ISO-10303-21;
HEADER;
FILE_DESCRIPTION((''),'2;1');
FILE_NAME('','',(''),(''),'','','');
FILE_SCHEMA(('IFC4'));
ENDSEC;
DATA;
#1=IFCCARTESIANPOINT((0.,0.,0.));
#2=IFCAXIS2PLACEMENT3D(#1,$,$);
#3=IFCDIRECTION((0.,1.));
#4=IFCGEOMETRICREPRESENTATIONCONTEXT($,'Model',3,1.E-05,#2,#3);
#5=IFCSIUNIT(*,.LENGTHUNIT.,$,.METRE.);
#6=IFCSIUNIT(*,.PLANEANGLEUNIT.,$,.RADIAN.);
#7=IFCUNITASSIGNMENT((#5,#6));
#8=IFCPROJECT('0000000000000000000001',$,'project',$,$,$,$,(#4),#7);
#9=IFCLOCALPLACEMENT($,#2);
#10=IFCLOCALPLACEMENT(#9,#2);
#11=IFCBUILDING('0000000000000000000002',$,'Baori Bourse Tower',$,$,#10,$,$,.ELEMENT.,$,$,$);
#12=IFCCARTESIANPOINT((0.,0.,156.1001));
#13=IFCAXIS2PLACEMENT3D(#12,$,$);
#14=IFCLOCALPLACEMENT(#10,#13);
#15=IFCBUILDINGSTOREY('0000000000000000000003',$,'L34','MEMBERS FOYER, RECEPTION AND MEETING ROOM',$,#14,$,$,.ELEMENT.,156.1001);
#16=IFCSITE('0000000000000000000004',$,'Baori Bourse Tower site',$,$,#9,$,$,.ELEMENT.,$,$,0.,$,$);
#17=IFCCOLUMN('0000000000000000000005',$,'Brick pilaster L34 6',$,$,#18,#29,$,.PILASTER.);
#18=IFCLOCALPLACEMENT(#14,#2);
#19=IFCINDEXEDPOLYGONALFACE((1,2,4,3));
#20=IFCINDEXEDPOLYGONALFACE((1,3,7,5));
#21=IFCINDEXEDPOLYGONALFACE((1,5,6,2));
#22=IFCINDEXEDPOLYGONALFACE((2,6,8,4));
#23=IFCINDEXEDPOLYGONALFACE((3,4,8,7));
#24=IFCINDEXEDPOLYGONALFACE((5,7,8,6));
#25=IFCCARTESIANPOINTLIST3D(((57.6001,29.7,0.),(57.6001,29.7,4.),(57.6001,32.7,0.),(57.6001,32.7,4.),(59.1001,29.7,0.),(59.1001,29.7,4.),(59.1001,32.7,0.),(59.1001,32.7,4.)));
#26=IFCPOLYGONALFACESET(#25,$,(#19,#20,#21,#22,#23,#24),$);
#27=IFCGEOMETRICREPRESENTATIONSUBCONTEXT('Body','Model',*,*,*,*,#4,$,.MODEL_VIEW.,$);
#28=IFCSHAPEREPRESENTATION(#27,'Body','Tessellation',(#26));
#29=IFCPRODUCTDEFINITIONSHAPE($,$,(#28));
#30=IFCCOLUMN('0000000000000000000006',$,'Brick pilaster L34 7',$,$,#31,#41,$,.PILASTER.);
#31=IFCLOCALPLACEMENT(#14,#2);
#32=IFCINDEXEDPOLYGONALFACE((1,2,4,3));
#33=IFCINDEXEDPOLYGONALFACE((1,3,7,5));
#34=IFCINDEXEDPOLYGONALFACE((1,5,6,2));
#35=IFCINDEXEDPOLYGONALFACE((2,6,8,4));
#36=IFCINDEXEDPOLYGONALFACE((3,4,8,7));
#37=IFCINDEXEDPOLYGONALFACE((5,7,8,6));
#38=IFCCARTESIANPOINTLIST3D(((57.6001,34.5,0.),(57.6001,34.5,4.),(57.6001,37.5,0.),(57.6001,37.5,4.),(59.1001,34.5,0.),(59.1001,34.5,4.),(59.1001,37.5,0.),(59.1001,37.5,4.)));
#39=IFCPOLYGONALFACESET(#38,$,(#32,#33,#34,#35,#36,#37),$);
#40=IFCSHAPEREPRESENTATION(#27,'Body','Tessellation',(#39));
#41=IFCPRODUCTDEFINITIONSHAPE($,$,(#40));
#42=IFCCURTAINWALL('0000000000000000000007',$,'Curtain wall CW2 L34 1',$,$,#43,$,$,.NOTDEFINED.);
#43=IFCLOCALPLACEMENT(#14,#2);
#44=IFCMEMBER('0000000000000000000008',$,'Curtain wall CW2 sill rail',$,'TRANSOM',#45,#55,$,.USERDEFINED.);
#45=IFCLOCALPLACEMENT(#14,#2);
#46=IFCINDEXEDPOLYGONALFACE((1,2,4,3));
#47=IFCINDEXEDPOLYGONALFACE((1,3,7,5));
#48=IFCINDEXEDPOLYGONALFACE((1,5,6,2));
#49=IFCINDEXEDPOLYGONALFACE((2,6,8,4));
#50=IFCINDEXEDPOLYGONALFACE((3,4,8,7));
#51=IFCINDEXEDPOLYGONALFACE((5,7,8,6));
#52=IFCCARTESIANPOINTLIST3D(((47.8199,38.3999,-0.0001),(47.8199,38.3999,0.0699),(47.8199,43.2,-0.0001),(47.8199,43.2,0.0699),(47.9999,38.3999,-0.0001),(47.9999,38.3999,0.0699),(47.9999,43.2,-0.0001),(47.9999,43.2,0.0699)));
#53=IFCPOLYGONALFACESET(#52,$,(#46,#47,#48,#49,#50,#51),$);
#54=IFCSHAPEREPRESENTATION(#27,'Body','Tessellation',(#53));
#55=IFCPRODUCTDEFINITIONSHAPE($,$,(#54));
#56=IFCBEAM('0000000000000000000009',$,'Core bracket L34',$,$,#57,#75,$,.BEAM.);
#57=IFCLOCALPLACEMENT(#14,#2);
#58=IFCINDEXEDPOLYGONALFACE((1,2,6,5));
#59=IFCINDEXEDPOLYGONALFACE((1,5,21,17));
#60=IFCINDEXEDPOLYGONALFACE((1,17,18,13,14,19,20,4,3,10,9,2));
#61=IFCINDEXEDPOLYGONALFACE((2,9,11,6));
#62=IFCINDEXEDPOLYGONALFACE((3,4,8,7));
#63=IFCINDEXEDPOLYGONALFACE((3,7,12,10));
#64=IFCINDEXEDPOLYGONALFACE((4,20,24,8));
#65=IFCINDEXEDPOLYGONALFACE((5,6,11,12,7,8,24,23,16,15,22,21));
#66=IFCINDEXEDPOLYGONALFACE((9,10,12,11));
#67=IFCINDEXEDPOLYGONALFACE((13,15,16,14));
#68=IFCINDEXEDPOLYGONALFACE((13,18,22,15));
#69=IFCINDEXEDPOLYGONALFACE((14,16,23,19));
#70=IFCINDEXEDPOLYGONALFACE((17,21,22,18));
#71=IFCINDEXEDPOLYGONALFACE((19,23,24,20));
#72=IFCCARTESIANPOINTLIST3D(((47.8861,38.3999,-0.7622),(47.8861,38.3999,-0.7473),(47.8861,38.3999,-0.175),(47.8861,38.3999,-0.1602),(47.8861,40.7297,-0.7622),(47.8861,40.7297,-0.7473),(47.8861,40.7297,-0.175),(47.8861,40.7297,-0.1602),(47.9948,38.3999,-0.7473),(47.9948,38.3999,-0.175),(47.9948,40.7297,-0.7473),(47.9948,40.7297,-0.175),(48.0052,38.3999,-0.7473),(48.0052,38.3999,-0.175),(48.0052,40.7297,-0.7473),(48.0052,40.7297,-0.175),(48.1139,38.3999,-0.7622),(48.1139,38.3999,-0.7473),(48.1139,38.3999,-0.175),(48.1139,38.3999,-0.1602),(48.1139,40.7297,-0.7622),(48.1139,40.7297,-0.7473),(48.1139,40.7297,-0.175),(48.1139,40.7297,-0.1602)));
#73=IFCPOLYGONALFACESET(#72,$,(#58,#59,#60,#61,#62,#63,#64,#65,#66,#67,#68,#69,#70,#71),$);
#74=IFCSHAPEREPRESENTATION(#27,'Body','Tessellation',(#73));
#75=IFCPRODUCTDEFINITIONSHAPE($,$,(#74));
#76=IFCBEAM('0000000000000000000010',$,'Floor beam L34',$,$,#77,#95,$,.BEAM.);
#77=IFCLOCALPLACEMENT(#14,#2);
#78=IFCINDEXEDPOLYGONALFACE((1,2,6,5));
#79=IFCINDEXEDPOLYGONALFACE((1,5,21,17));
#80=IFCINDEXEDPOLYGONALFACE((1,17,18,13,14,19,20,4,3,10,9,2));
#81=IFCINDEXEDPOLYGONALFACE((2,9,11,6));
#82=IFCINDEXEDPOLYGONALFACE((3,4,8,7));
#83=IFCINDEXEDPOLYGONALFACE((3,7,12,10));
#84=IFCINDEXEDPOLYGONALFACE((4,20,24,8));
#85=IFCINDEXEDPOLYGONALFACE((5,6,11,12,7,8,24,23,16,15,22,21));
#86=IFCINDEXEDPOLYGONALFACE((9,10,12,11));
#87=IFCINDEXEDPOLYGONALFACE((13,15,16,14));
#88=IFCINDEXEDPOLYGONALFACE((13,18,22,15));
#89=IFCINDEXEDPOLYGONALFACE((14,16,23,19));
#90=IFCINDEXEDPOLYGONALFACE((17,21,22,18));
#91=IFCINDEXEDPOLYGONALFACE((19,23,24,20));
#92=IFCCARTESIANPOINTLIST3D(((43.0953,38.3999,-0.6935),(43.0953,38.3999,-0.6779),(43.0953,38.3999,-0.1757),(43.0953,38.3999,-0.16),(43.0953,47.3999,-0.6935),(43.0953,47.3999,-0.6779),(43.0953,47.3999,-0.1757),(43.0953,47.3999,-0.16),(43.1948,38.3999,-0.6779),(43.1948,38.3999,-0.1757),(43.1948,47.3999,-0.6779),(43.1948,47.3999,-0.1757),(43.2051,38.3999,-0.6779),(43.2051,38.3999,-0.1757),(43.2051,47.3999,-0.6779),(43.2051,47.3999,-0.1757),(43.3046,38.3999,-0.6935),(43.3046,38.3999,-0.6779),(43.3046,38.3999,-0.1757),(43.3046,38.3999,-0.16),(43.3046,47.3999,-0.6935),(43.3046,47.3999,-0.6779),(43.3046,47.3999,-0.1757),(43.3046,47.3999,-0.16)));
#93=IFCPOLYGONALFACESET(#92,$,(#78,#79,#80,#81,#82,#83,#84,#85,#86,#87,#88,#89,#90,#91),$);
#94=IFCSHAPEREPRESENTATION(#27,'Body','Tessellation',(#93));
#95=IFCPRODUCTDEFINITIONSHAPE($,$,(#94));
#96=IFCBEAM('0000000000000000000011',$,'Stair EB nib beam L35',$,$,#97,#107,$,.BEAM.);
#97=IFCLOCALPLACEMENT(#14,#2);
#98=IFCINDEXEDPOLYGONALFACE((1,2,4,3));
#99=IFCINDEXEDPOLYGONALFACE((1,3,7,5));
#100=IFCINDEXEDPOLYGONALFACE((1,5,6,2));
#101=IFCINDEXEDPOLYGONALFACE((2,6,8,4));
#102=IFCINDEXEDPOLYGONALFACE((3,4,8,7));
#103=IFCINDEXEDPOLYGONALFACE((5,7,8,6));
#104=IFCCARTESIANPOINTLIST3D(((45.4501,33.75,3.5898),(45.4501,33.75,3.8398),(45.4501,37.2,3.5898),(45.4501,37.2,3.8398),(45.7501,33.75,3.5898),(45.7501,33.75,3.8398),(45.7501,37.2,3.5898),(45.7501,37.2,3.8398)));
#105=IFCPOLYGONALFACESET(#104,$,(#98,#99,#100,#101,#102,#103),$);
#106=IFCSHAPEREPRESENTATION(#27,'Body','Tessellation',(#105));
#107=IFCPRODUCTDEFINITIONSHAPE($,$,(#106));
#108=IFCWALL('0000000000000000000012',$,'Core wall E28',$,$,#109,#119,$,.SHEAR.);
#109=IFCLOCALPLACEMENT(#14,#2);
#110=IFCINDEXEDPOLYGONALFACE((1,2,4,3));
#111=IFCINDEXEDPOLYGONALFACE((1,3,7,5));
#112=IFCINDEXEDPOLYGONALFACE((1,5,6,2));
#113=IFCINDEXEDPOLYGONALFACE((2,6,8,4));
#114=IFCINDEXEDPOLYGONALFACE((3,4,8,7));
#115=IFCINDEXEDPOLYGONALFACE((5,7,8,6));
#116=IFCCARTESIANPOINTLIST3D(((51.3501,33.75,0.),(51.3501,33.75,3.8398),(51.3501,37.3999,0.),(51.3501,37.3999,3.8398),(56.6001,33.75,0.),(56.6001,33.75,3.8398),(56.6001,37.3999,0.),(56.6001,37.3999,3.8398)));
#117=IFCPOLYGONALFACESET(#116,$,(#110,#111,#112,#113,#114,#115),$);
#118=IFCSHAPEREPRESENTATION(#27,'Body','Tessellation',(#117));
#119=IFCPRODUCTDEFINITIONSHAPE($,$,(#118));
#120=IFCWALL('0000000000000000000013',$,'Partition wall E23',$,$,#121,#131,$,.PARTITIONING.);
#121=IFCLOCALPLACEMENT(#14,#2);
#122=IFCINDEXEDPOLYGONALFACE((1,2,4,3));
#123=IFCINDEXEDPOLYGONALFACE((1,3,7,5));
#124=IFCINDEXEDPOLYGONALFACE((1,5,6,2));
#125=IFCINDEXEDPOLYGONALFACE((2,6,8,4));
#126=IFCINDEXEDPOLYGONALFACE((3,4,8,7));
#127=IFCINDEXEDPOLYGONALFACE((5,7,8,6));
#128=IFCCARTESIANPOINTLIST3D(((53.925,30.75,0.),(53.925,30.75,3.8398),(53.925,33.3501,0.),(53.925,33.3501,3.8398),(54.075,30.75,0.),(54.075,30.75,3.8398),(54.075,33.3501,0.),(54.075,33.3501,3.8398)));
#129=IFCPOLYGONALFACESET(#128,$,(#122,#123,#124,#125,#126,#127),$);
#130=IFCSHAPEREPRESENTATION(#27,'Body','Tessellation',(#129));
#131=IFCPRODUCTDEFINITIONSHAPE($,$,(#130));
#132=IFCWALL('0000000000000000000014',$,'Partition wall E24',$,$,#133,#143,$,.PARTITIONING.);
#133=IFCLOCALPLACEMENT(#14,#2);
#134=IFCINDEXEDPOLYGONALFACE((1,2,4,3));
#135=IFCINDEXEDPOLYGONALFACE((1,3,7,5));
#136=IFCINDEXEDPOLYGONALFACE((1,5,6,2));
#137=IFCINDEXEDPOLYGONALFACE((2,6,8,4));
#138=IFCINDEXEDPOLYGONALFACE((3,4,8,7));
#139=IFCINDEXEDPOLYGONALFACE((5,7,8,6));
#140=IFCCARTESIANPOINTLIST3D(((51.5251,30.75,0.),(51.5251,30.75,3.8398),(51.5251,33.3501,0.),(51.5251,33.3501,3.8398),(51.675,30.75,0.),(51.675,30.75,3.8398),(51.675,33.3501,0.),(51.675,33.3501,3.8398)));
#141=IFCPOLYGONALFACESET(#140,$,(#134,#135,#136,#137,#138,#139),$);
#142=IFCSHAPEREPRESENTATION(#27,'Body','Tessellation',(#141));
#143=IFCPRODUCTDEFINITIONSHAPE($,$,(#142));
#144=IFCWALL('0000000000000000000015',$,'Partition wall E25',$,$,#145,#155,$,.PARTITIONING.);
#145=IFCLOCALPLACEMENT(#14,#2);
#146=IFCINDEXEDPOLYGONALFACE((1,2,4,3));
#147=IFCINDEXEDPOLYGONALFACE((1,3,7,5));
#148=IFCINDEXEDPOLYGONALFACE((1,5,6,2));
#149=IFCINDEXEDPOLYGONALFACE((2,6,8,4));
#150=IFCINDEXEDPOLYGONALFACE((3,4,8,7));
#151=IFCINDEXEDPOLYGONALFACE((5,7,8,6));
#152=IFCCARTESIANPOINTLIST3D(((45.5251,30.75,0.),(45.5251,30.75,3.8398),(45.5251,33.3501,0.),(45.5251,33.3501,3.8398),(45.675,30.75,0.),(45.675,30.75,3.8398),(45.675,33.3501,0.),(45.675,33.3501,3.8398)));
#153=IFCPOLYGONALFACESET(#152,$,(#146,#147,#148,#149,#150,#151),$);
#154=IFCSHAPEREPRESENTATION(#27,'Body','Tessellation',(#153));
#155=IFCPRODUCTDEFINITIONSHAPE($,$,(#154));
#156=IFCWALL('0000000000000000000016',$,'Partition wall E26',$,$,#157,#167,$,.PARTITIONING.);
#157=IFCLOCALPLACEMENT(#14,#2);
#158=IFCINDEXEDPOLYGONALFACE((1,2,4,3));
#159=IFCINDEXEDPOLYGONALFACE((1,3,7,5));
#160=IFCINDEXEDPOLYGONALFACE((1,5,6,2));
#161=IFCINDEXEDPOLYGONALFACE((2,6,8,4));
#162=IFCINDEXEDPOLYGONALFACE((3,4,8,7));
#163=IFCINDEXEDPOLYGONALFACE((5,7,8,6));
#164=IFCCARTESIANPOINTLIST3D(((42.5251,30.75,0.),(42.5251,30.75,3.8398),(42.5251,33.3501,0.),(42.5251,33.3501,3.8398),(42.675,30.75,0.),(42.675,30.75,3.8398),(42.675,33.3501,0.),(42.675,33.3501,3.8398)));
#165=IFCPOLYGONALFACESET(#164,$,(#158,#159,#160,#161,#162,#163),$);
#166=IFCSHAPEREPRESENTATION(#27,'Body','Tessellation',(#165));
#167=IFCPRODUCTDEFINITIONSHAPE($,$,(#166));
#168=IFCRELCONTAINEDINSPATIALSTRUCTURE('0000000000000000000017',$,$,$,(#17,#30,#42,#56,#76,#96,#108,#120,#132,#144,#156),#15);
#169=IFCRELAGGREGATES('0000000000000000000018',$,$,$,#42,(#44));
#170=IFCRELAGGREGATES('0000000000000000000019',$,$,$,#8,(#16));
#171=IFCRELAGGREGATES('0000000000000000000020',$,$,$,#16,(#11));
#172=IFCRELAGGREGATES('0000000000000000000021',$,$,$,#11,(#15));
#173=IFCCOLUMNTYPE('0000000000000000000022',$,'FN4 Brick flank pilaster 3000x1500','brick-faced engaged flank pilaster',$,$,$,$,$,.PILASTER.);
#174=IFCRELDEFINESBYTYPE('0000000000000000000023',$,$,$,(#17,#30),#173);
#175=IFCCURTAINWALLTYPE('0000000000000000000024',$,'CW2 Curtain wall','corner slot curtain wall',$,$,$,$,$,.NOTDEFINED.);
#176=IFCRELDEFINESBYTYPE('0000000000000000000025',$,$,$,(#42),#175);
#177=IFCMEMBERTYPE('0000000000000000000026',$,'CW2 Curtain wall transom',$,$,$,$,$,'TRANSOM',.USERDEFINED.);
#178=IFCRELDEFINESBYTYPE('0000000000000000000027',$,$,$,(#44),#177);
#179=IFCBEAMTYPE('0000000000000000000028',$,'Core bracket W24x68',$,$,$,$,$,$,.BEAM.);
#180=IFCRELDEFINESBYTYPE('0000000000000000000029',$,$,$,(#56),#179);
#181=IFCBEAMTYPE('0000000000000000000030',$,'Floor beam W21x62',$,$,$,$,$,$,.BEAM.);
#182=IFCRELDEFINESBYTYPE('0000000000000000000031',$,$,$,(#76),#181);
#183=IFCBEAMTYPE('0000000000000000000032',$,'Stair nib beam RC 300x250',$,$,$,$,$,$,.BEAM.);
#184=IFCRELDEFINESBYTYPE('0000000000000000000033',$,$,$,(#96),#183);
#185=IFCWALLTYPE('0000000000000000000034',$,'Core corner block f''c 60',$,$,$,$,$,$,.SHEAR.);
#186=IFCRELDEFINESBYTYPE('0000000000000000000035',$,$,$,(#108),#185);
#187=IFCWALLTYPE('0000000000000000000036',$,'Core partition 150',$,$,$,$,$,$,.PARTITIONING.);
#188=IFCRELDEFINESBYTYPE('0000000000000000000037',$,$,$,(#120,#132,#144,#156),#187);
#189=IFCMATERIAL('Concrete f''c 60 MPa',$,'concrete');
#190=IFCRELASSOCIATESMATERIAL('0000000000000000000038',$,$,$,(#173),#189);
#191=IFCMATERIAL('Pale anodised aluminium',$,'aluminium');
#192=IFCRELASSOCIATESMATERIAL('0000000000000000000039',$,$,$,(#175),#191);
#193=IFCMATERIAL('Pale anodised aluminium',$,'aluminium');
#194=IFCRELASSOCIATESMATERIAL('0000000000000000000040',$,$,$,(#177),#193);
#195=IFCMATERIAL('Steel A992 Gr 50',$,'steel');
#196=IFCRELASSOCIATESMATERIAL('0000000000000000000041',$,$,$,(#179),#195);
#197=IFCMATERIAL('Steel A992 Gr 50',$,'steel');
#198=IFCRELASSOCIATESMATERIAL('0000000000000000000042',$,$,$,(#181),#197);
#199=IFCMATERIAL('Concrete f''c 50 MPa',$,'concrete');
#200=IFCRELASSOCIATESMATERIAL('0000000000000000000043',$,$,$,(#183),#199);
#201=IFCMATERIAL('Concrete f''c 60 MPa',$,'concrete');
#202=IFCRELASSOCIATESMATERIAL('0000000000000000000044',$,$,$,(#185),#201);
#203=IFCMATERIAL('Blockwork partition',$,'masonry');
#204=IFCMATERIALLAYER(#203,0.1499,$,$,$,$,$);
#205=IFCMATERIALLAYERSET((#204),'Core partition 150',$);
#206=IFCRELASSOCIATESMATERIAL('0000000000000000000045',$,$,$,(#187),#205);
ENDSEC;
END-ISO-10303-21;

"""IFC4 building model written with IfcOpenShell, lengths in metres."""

from ifc_helpers import new_model, si_unit, direction, frame, frame_2d, origin, origin_2d, place, context, subcontext, project, spatial, rectangle, i_section, extrude, material, layer, layer_set, material_profile, profile_set, type_object, element, aggregate, save


model = new_model("IFC4")

# Units and contexts
model_context = context("Model", 3, precision=1e-05, world=origin(), true_north=direction((0.0, 1.0)))
body_context = subcontext(model_context, "Body", "Model", "MODEL_VIEW")
ifc_project = project(units=[si_unit("LENGTHUNIT", "METRE"), si_unit("PLANEANGLEUNIT", "RADIAN")], contexts=[model_context])

# Site, building, storey
site_placement = place(None, origin())
site = spatial("IfcSite", under=ifc_project, at=site_placement, Name="Baori Bourse Tower site", CompositionType="ELEMENT", RefElevation=0.0)
building_placement = place(site_placement, origin())
building = spatial("IfcBuilding", under=site, at=building_placement, Name="Baori Bourse Tower", CompositionType="ELEMENT")
storey_placement = place(building_placement, frame((0.0, 0.0, 156.1001)))
storey = spatial("IfcBuildingStorey", under=building, at=storey_placement, Name="L34", Description="MEMBERS FOYER, RECEPTION AND MEETING ROOM", CompositionType="ELEMENT", Elevation=156.1001)

# Columns
ifc_material_1 = material(Name="Concrete f'c 60 MPa", Category="concrete")
ifc_material_profile_1 = material_profile(ifc_material_1, rectangle(XDim=3.0, YDim=1.5, at=origin_2d()), Name="RC 3000x1500")
ifc_profile_set_1 = profile_set([ifc_material_profile_1], Name="Concrete f'c 60 MPa")
column_type = type_object("IfcColumnType", Name="FN4 Brick flank pilaster 3000x1500", Description="brick-faced engaged flank pilaster", PredefinedType="PILASTER", material=ifc_profile_set_1)
for number, where, z_axis, x_axis, name in (
    (1, (58.3501, 31.2, 0.0), (0.0, 0.0, 1.0), (0.0, 1.0, 0.0), "Brick pilaster L34 6"),
    (2, (58.3501, 36.0, 0.0), (0.0, 0.0, 1.0), (0.0, 1.0, 0.0), "Brick pilaster L34 7"),
):
    element("IfcColumn", number, at=place(storey_placement, frame(where, z_axis=z_axis, x_axis=x_axis)), inside=storey, type_object=column_type, Name=name, PredefinedType="PILASTER", context=body_context, shape_type="SweptSolid", body=[
        extrude(rectangle(XDim=3.0, YDim=1.5, at=origin_2d()), origin(), (0.0, 0.0, 1.0), 4.0),
    ])

# Curtain wall, member
ifc_material_2 = material(Name="Pale anodised aluminium", Category="aluminium")
curtain_wall_type = type_object("IfcCurtainWallType", Name="CW2 Curtain wall", Description="corner slot curtain wall", PredefinedType="NOTDEFINED", material=ifc_material_2)
curtain_wall_placement = place(storey_placement, origin())
curtain_wall = element("IfcCurtainWall", 3, at=curtain_wall_placement, inside=storey, type_object=curtain_wall_type, Name="Curtain wall CW2 L34 1", PredefinedType="NOTDEFINED")
ifc_material_3 = material(Name="Pale anodised aluminium", Category="aluminium")
ifc_material_profile_2 = material_profile(ifc_material_3, rectangle(XDim=0.1799, YDim=0.0701, at=origin_2d()), Name="Transom 70x180")
ifc_profile_set_2 = profile_set([ifc_material_profile_2], Name="Pale anodised aluminium")
member_type = type_object("IfcMemberType", Name="CW2 Curtain wall transom", ElementType="TRANSOM", PredefinedType="USERDEFINED", material=ifc_profile_set_2)
member_placement = place(storey_placement, frame((47.9099, 38.3999, 0.0349), z_axis=(0.0, 1.0, 0.0), x_axis=(-1.0, 0.0, 0.0)))
member = element("IfcMember", 4, at=member_placement, type_object=member_type, Name="Curtain wall CW2 sill rail", ObjectType="TRANSOM", PredefinedType="USERDEFINED", context=body_context, shape_type="SweptSolid", body=[
    extrude(rectangle(XDim=0.1799, YDim=0.0701, at=origin_2d()), origin(), (0.0, 0.0, 1.0), 4.8),
])
aggregate(curtain_wall, [member])

# Beams
ifc_material_4 = material(Name="Steel A992 Gr 50", Category="steel")
ifc_material_profile_3 = material_profile(ifc_material_4, i_section(OverallWidth=0.2278, OverallDepth=0.6021, WebThickness=0.0105, FlangeThickness=0.0149, at=origin_2d()), Name="W24x68")
ifc_profile_set_3 = profile_set([ifc_material_profile_3], Name="Steel A992 Gr 50")
beam_type_1 = type_object("IfcBeamType", Name="Core bracket W24x68", PredefinedType="BEAM", material=ifc_profile_set_3)
beam_1_placement = place(storey_placement, frame((48.0, 38.3999, -0.4612), z_axis=(0.0, 1.0, 0.0), x_axis=(-1.0, 0.0, 0.0)))
element("IfcBeam", 5, at=beam_1_placement, inside=storey, type_object=beam_type_1, Name="Core bracket L34", PredefinedType="BEAM", context=body_context, shape_type="SweptSolid", body=[
    extrude(i_section(OverallWidth=0.2278, OverallDepth=0.6021, WebThickness=0.0105, FlangeThickness=0.0149, at=origin_2d()), origin(), (0.0, 0.0, 1.0), 2.3298),
])
ifc_material_5 = material(Name="Steel A992 Gr 50", Category="steel")
ifc_material_profile_4 = material_profile(ifc_material_5, i_section(OverallWidth=0.2092, OverallDepth=0.5334, WebThickness=0.0103, FlangeThickness=0.0156, at=origin_2d()), Name="W21x62")
ifc_profile_set_4 = profile_set([ifc_material_profile_4], Name="Steel A992 Gr 50")
beam_type_2 = type_object("IfcBeamType", Name="Floor beam W21x62", PredefinedType="BEAM", material=ifc_profile_set_4)
beam_2_placement = place(storey_placement, frame((43.2, 38.3999, -0.4268), z_axis=(0.0, 1.0, 0.0), x_axis=(-1.0, 0.0, 0.0)))
element("IfcBeam", 6, at=beam_2_placement, inside=storey, type_object=beam_type_2, Name="Floor beam L34", PredefinedType="BEAM", context=body_context, shape_type="SweptSolid", body=[
    extrude(i_section(OverallWidth=0.2092, OverallDepth=0.5334, WebThickness=0.0103, FlangeThickness=0.0156, at=origin_2d()), origin(), (0.0, 0.0, 1.0), 9.0),
])
ifc_material_6 = material(Name="Concrete f'c 50 MPa", Category="concrete")
ifc_material_profile_5 = material_profile(ifc_material_6, rectangle(XDim=0.3, YDim=0.25, at=origin_2d()), Name="RC 300x250")
ifc_profile_set_5 = profile_set([ifc_material_profile_5], Name="Concrete f'c 50 MPa")
beam_type_3 = type_object("IfcBeamType", Name="Stair nib beam RC 300x250", PredefinedType="BEAM", material=ifc_profile_set_5)
beam_3_placement = place(storey_placement, frame((45.6001, 33.75, 3.7148), z_axis=(0.0, 1.0, 0.0), x_axis=(-1.0, 0.0, 0.0)))
element("IfcBeam", 7, at=beam_3_placement, inside=storey, type_object=beam_type_3, Name="Stair EB nib beam L35", PredefinedType="BEAM", context=body_context, shape_type="SweptSolid", body=[
    extrude(rectangle(XDim=0.3, YDim=0.25, at=origin_2d()), origin(), (0.0, 0.0, 1.0), 3.45),
])

# Walls
ifc_material_7 = material(Name="Concrete f'c 60 MPa", Category="concrete")
wall_type_1 = type_object("IfcWallType", Name="Core corner block f'c 60", PredefinedType="SHEAR", material=ifc_material_7)
wall_1_placement = place(storey_placement, frame((51.3501, 35.575, 0.0), z_axis=(0.0, 0.0, 1.0), x_axis=(1.0, 0.0, 0.0)))
element("IfcWall", 8, at=wall_1_placement, inside=storey, type_object=wall_type_1, Name="Core wall E28", PredefinedType="SHEAR", context=body_context, shape_type="SweptSolid", body=[
    extrude(rectangle(XDim=5.25, YDim=3.6499, at=frame_2d((2.625, 0.0))), origin(), (0.0, 0.0, 1.0), 3.8398),
])
ifc_material_8 = material(Name="Blockwork partition", Category="masonry")
ifc_layer_1 = layer(ifc_material_8, 0.1499)
ifc_layer_set_1 = layer_set([ifc_layer_1], Name="Core partition 150")
wall_type_2 = type_object("IfcWallType", Name="Core partition 150", PredefinedType="PARTITIONING", material=ifc_layer_set_1)
for number, where, z_axis, x_axis, name in (
    (9, (54.0, 30.75, 0.0), (0.0, 0.0, 1.0), (0.0, 1.0, 0.0), "Partition wall E23"),
    (10, (51.6001, 30.75, 0.0), (0.0, 0.0, 1.0), (0.0, 1.0, 0.0), "Partition wall E24"),
    (11, (45.6001, 30.75, 0.0), (0.0, 0.0, 1.0), (0.0, 1.0, 0.0), "Partition wall E25"),
    (12, (42.6001, 30.75, 0.0), (0.0, 0.0, 1.0), (0.0, 1.0, 0.0), "Partition wall E26"),
):
    element("IfcWall", number, at=place(storey_placement, frame(where, z_axis=z_axis, x_axis=x_axis)), inside=storey, type_object=wall_type_2, Name=name, PredefinedType="PARTITIONING", context=body_context, shape_type="SweptSolid", body=[
        extrude(rectangle(XDim=2.6001, YDim=0.1499, at=frame_2d((1.3, 0.0))), origin(), (0.0, 0.0, 1.0), 3.8398),
    ])

save(model, "model.ifc")
